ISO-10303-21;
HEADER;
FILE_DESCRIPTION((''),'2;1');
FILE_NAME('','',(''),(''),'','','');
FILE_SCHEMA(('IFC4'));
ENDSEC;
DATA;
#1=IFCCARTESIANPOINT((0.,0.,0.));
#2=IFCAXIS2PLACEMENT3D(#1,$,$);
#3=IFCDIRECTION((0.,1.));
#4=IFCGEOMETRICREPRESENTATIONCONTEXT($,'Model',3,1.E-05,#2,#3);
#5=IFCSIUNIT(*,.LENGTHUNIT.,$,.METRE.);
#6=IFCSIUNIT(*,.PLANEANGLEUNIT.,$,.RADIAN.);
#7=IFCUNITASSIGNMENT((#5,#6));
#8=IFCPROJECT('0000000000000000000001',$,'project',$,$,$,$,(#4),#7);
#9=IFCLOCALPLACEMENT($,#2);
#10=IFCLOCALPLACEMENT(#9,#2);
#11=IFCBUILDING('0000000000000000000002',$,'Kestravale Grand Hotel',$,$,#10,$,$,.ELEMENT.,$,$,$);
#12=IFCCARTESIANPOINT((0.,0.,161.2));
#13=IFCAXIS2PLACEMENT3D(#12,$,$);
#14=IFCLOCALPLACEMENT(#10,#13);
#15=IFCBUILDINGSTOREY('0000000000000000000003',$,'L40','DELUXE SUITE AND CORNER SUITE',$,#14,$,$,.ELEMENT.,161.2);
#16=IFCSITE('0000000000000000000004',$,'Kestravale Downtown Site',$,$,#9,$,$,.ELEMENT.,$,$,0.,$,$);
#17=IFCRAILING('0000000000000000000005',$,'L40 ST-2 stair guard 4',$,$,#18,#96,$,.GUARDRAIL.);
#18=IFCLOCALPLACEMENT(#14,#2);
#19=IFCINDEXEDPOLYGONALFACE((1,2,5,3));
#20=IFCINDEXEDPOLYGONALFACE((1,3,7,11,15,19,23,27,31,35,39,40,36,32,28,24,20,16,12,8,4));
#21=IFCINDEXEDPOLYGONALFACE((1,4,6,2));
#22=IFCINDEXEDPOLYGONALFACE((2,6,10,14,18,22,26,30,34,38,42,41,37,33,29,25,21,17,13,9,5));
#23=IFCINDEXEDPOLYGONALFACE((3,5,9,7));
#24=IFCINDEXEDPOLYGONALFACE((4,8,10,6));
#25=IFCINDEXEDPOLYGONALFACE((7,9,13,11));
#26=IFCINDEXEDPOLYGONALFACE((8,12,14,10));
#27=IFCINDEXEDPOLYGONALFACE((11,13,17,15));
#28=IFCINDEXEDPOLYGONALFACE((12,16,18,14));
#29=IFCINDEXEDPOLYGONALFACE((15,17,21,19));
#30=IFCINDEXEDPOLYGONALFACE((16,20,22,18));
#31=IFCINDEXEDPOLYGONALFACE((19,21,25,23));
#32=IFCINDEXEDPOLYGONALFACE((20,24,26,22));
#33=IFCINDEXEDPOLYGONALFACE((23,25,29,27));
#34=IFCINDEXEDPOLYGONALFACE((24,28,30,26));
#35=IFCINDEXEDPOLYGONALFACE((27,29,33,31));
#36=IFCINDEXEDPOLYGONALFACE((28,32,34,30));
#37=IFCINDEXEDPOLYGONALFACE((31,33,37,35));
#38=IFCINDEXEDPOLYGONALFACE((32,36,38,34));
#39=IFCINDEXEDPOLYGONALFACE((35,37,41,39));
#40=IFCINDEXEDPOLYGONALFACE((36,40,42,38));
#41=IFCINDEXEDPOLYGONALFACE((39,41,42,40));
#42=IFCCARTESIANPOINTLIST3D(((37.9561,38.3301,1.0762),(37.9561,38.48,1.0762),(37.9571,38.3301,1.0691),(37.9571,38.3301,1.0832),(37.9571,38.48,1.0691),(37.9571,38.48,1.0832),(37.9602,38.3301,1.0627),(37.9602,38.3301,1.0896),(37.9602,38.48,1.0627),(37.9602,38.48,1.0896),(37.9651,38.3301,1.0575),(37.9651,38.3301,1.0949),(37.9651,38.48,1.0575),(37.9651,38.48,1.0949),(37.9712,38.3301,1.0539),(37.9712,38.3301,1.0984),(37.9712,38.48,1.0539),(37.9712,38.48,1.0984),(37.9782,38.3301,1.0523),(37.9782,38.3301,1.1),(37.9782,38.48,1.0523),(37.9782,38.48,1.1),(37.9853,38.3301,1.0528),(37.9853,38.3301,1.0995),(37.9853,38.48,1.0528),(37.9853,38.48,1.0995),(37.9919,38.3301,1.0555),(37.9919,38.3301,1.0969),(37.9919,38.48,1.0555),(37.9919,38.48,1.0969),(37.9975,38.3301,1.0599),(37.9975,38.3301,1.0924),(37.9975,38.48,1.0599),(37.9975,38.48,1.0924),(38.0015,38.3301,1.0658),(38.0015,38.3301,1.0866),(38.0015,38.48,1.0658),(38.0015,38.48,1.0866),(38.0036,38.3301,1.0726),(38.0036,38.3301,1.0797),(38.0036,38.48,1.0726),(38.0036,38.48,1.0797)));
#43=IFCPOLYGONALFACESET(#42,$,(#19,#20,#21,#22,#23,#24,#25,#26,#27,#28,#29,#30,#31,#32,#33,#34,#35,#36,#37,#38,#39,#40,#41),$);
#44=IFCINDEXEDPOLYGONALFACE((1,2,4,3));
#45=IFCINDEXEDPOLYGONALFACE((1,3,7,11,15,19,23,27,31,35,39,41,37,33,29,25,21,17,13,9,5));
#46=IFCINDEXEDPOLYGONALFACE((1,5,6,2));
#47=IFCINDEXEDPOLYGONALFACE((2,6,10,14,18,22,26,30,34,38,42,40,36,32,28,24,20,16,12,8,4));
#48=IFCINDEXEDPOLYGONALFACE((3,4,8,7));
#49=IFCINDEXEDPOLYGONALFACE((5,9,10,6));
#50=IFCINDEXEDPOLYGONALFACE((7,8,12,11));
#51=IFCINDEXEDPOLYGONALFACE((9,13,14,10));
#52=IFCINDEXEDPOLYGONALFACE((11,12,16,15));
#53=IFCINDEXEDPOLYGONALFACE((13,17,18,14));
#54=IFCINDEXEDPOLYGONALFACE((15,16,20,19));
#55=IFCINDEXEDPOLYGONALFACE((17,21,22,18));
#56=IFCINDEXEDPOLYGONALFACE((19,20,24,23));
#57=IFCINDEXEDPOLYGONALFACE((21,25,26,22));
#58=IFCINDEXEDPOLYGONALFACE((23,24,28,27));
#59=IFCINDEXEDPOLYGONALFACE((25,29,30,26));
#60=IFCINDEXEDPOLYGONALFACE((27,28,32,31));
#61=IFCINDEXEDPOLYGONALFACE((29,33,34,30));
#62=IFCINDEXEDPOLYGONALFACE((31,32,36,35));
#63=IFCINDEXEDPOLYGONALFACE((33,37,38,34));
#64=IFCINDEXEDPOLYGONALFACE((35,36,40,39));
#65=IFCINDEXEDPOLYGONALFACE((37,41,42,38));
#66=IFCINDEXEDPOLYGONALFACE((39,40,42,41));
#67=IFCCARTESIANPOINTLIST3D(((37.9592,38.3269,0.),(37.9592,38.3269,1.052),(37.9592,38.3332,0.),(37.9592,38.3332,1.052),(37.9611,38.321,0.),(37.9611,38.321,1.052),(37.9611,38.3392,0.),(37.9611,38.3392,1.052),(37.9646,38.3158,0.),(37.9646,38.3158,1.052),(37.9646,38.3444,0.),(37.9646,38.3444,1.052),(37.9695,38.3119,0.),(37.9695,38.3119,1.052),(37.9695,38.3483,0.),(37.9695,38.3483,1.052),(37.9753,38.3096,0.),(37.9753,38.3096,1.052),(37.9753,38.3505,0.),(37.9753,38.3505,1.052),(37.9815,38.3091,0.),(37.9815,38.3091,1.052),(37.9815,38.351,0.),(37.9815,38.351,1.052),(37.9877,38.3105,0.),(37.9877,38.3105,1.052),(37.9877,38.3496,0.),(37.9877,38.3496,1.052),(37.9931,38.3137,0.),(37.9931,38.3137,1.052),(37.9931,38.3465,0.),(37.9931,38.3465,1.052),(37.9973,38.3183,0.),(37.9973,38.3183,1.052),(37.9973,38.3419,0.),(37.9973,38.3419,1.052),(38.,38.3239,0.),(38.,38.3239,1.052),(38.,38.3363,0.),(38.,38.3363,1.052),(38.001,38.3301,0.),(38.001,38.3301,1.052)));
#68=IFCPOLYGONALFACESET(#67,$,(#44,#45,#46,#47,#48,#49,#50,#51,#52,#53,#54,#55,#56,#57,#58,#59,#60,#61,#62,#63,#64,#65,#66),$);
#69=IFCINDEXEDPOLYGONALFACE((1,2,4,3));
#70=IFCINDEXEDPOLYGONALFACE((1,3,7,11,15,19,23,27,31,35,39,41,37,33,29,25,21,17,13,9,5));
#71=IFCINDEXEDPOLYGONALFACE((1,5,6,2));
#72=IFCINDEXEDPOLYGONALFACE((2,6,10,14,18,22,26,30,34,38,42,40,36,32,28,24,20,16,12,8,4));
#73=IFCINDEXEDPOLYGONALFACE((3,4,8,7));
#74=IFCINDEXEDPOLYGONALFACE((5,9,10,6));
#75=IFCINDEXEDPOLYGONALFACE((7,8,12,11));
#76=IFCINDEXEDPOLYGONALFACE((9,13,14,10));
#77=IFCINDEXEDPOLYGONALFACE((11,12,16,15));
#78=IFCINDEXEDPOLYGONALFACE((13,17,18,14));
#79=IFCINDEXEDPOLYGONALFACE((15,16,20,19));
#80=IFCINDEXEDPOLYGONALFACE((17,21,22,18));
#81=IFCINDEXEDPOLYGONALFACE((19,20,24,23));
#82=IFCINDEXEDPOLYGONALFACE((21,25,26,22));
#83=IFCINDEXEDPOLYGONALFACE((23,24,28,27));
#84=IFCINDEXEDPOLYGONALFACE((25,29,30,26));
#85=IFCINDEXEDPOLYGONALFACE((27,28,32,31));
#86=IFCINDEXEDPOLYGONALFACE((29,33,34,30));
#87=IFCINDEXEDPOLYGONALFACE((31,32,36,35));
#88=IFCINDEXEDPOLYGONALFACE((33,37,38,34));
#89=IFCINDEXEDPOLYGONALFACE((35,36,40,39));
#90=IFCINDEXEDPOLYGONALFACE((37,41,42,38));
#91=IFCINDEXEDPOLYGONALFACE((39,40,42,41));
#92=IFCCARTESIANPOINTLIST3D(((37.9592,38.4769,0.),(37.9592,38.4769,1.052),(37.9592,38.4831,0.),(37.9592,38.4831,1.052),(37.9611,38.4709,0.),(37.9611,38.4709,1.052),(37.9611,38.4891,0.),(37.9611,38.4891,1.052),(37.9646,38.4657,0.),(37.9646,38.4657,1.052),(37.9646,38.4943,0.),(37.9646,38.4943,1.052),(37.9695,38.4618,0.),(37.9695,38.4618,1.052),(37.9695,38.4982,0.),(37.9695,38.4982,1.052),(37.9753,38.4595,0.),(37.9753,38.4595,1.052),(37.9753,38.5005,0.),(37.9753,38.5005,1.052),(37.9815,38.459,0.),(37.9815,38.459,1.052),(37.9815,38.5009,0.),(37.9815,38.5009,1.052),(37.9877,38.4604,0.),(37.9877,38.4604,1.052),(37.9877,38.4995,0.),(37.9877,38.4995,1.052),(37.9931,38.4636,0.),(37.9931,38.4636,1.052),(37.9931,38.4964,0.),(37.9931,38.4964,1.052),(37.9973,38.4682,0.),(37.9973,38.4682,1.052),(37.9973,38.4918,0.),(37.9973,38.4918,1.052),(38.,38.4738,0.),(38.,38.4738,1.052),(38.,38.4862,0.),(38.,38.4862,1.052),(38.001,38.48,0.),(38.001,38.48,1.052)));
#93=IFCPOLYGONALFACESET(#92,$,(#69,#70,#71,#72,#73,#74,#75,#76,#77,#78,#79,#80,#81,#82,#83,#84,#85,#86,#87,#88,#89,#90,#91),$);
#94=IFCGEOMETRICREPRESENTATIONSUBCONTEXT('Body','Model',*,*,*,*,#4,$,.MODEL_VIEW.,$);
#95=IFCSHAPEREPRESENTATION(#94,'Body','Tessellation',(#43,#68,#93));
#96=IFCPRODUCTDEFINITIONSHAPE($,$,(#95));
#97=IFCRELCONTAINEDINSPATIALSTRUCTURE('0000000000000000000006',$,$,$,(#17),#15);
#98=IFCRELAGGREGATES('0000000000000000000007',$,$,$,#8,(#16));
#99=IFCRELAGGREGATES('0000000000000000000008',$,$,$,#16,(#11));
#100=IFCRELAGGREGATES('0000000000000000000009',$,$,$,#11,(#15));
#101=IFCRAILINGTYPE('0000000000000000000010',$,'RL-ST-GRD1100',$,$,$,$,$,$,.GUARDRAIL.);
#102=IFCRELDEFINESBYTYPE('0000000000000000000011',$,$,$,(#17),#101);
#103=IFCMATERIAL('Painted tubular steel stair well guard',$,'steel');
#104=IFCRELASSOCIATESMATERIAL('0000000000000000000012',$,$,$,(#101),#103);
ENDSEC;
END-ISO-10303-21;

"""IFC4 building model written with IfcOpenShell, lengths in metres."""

from ifc_helpers import new_model, si_unit, direction, frame, origin, origin_2d, place, context, subcontext, project, spatial, circle, extrude, material, type_object, element, save


model = new_model("IFC4")

# Units and contexts
model_context = context("Model", 3, precision=1e-05, world=origin(), true_north=direction((0.0, 1.0)))
body_context = subcontext(model_context, "Body", "Model", "MODEL_VIEW")
ifc_project = project(units=[si_unit("LENGTHUNIT", "METRE"), si_unit("PLANEANGLEUNIT", "RADIAN")], contexts=[model_context])

# Site, building, storey
site_placement = place(None, origin())
site = spatial("IfcSite", under=ifc_project, at=site_placement, Name="Kestravale Downtown Site", CompositionType="ELEMENT", RefElevation=0.0)
building_placement = place(site_placement, origin())
building = spatial("IfcBuilding", under=site, at=building_placement, Name="Kestravale Grand Hotel", CompositionType="ELEMENT")
storey_placement = place(building_placement, frame((0.0, 0.0, 161.2)))
storey = spatial("IfcBuildingStorey", under=building, at=storey_placement, Name="L40", Description="DELUXE SUITE AND CORNER SUITE", CompositionType="ELEMENT", Elevation=161.2)

# Railing
ifc_material_1 = material(Name="Painted tubular steel stair well guard", Category="steel")
railing_type_1 = type_object("IfcRailingType", Name="RL-ST-GRD1100", PredefinedType="GUARDRAIL", material=ifc_material_1)
railing_1_placement = place(storey_placement, frame((37.98, 38.3301, 0.0)))
element("IfcRailing", 1, at=railing_1_placement, inside=storey, type_object=railing_type_1, Name="L40 ST-2 stair guard 4", PredefinedType="GUARDRAIL", context=body_context, shape_type="SweptSolid", body=[
    extrude(circle(Radius=0.0239, at=origin_2d()), frame((0.0, 0.0, 1.0762), z_axis=(0.0, 1.0, 0.0), x_axis=(-1.0, 0.0, 0.0)), (0.0, 0.0, 1.0), 0.1499),
    extrude(circle(Radius=0.021, at=origin_2d()), origin(), (0.0, 0.0, 1.0), 1.052),
    extrude(circle(Radius=0.021, at=origin_2d()), frame((0.0, 0.1499, 0.0)), (0.0, 0.0, 1.0), 1.052),
])

save(model, "model.ifc")
